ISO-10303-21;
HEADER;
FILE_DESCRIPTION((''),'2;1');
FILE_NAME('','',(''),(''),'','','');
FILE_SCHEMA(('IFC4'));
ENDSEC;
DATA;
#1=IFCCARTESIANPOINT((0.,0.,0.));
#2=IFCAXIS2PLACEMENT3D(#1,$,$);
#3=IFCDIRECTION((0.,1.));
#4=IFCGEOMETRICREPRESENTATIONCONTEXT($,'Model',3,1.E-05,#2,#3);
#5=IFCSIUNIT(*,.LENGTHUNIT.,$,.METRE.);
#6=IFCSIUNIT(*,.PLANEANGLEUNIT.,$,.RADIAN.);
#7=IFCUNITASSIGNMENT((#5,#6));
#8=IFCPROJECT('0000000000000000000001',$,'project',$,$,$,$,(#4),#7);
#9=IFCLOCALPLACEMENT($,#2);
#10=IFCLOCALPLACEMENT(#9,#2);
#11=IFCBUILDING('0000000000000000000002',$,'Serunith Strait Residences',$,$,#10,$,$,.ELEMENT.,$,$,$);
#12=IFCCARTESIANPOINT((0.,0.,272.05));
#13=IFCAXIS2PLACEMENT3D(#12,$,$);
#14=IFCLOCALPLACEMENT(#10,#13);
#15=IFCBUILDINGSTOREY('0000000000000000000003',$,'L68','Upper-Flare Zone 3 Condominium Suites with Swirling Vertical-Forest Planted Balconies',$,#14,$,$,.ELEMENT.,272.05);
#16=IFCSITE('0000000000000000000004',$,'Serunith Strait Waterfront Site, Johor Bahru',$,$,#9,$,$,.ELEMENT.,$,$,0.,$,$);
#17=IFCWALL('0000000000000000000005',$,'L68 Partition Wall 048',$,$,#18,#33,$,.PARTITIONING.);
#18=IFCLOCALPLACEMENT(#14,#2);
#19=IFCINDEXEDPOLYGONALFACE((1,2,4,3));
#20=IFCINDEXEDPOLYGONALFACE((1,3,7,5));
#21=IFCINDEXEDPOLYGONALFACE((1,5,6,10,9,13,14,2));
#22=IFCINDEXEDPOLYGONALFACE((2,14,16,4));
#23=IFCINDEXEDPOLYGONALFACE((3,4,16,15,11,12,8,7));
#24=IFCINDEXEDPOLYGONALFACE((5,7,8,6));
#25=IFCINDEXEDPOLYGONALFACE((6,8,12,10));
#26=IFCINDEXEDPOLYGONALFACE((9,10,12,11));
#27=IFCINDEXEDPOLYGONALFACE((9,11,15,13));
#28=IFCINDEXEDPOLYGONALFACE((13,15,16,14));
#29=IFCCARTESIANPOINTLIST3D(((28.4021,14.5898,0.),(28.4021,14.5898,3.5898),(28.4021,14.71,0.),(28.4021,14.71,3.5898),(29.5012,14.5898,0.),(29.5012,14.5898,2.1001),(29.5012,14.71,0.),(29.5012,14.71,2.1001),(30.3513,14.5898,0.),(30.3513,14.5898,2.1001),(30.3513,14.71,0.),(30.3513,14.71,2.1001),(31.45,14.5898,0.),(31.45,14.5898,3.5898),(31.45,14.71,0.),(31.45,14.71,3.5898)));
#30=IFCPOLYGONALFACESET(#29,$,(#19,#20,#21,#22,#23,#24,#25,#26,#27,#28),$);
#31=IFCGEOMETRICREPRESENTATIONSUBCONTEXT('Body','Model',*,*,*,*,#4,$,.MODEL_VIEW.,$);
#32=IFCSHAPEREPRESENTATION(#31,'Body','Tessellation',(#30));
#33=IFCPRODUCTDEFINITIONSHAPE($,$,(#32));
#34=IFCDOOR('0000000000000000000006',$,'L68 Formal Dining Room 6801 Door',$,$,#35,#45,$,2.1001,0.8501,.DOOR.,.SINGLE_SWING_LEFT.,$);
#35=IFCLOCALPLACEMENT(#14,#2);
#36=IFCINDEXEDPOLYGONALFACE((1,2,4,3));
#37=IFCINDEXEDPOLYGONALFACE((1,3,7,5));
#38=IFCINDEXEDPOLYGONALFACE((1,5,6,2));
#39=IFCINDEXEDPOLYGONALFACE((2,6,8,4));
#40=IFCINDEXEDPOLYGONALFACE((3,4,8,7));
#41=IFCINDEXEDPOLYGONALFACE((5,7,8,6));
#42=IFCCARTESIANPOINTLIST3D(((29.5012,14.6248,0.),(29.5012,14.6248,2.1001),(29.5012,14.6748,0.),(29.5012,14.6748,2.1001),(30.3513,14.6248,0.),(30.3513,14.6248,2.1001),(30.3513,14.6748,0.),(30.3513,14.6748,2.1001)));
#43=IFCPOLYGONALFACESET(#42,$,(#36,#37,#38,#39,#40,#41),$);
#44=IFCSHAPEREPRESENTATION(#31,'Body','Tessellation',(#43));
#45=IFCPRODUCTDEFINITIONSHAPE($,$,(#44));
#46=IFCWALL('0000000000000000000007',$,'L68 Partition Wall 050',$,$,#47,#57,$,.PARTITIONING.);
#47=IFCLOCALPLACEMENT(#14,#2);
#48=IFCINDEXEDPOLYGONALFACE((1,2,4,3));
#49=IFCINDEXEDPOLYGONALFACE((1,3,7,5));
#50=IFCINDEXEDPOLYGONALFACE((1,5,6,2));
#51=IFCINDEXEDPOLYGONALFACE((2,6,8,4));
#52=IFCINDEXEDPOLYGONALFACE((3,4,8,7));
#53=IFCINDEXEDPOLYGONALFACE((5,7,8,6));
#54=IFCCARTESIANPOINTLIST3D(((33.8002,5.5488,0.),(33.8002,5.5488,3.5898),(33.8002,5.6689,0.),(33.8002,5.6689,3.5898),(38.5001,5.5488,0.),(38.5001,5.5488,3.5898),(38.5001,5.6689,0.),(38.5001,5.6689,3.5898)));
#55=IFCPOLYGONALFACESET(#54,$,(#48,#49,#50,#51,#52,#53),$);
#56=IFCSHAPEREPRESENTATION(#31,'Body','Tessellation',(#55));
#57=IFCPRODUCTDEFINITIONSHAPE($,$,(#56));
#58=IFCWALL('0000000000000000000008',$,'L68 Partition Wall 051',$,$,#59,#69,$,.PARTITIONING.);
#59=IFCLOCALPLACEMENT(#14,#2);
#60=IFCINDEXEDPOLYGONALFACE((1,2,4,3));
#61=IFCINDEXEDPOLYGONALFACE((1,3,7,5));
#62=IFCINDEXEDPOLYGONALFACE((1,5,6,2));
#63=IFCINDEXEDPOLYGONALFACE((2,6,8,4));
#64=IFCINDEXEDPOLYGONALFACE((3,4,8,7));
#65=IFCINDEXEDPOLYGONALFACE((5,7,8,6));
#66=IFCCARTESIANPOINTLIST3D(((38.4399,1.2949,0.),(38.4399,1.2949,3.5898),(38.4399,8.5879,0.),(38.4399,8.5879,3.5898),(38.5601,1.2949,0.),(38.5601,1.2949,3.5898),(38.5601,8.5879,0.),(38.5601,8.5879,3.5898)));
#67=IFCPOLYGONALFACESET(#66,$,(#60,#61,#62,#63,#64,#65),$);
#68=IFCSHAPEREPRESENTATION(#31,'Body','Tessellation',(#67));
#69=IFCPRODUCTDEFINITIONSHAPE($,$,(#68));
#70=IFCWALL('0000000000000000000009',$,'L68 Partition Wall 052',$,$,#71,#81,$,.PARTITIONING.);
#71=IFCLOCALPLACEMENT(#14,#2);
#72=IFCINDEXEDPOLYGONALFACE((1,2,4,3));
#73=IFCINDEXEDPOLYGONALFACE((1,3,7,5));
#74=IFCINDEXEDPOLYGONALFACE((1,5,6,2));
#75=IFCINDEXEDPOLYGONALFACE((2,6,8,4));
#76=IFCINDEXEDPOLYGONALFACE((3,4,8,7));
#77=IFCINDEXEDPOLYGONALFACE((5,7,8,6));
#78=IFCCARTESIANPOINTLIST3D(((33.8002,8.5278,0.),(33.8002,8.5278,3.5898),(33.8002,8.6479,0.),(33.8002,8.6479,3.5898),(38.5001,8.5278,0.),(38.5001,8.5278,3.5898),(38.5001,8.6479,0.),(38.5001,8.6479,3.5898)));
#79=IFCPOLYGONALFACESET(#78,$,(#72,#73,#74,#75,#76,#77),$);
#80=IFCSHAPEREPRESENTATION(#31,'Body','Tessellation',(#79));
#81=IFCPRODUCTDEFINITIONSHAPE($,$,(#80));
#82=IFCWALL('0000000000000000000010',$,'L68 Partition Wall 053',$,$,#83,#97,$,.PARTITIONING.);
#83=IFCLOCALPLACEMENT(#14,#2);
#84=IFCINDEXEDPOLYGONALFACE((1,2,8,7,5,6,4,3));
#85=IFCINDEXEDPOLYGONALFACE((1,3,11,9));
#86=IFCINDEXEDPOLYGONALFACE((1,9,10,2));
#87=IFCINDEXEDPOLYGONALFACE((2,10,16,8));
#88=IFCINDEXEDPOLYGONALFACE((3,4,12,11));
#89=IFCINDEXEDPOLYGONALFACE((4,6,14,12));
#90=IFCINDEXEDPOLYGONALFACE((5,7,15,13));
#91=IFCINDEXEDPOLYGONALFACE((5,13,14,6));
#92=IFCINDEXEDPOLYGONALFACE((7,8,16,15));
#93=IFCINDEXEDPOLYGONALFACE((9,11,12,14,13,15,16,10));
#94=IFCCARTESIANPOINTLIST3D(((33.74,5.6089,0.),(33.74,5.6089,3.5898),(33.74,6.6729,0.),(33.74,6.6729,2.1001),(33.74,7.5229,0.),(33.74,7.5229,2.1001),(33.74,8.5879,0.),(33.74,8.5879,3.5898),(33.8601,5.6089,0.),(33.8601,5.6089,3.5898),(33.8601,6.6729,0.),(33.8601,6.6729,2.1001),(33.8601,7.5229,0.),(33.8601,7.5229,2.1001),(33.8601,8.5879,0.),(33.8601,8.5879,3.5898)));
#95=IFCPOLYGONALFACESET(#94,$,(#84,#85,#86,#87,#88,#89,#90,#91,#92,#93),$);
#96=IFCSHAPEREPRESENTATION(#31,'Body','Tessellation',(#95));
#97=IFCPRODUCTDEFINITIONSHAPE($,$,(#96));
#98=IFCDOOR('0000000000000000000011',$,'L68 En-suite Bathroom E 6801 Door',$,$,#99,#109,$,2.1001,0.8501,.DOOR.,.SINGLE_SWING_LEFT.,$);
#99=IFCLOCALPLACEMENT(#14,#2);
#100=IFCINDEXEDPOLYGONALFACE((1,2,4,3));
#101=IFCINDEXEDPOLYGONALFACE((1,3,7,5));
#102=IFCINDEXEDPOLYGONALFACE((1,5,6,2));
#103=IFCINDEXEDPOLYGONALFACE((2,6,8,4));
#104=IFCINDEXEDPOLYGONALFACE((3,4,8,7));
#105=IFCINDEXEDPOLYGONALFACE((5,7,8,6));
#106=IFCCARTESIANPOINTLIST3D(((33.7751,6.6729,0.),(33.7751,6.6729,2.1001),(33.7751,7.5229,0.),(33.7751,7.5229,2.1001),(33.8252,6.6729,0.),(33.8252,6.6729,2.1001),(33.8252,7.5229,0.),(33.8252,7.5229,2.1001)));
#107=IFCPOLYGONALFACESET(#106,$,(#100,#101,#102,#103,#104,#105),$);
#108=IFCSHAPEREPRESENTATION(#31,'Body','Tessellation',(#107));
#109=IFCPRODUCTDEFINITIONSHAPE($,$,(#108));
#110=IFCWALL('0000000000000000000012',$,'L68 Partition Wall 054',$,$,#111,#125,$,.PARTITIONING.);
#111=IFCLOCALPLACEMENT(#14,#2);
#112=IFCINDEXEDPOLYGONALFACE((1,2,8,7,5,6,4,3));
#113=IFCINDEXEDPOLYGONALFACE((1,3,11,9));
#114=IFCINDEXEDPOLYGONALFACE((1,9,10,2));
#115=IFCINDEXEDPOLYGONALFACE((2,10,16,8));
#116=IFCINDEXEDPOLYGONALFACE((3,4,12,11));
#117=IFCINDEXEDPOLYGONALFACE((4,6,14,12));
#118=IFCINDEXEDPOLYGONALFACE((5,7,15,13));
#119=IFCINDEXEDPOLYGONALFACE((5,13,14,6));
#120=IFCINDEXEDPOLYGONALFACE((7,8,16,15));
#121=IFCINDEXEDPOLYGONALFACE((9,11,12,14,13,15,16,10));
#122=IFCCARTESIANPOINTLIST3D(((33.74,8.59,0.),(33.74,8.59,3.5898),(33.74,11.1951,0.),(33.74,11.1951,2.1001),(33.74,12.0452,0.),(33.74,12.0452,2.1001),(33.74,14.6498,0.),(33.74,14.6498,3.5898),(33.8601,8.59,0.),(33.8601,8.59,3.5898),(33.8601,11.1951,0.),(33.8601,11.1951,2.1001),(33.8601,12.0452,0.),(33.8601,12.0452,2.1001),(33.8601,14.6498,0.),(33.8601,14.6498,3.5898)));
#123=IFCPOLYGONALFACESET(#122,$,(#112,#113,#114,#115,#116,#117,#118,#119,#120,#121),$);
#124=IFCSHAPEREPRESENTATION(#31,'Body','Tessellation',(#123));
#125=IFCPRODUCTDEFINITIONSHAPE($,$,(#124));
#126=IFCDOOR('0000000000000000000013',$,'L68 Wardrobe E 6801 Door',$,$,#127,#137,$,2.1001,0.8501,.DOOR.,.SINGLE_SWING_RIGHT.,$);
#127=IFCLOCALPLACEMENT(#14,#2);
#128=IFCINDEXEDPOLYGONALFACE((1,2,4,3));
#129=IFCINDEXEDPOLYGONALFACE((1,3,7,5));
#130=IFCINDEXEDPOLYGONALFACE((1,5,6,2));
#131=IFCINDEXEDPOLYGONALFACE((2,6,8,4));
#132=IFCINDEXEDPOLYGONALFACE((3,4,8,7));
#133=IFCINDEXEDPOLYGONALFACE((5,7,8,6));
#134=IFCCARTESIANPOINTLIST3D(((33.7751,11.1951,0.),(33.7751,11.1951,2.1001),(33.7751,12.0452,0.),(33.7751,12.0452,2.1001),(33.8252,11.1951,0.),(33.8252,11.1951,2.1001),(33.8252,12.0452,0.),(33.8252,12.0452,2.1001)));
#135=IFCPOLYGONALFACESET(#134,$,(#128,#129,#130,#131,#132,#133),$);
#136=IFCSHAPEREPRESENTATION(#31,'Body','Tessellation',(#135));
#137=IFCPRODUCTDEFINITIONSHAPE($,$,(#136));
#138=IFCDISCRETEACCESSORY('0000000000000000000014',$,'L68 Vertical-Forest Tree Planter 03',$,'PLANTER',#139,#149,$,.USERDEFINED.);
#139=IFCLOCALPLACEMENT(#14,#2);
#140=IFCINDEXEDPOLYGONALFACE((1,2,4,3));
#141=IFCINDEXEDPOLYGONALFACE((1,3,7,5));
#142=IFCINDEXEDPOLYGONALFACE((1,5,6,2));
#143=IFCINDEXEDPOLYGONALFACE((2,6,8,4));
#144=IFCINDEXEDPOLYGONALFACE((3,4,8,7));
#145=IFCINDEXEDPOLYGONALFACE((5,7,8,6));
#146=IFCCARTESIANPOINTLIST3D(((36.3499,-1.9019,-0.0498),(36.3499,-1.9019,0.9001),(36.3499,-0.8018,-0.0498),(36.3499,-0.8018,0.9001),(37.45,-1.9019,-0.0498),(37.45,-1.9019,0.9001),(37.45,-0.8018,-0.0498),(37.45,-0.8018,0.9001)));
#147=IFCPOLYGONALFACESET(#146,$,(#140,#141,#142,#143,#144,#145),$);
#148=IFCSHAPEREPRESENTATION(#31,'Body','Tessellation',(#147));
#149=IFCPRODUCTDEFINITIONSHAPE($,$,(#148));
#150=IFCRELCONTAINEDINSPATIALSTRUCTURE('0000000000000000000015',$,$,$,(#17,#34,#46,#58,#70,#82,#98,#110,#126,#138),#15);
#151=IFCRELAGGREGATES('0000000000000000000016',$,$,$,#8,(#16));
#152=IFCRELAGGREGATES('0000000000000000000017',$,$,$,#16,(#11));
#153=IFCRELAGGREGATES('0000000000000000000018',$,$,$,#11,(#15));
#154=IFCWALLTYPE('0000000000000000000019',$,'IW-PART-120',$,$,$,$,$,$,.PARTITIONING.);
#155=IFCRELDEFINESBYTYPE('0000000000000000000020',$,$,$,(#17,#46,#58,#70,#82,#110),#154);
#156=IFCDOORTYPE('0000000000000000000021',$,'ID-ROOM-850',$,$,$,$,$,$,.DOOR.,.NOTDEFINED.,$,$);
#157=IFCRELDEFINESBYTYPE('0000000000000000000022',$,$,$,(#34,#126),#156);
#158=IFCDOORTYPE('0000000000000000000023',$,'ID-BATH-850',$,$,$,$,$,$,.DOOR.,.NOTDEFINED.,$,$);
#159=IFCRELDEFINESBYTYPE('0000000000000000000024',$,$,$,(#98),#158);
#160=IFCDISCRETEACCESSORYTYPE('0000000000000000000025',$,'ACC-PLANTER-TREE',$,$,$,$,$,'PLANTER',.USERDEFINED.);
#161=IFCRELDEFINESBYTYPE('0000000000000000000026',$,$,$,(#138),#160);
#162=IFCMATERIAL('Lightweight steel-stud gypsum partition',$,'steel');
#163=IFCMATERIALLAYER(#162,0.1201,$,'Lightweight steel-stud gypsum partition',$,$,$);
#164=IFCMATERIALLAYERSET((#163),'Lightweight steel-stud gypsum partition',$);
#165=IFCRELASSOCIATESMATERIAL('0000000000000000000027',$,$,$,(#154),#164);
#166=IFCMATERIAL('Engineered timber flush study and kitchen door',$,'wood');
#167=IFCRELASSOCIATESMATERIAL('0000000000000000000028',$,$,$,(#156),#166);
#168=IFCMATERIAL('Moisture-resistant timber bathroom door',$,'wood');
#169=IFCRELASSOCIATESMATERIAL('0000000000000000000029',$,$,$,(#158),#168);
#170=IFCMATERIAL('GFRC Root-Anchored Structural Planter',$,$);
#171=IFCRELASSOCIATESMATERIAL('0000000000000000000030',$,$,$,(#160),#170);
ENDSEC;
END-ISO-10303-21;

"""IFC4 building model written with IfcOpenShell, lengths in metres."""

from ifc_helpers import new_model, si_unit, direction, frame, frame_2d, origin, origin_2d, place, context, subcontext, project, spatial, rectangle, extrude, source, transform, mapped, material, layer, layer_set, type_object, element, fill, save


model = new_model("IFC4")

# Units and contexts
model_context = context("Model", 3, precision=1e-05, world=origin(), true_north=direction((0.0, 1.0)))
body_context = subcontext(model_context, "Body", "Model", "MODEL_VIEW")
ifc_project = project(units=[si_unit("LENGTHUNIT", "METRE"), si_unit("PLANEANGLEUNIT", "RADIAN")], contexts=[model_context])

# Site, building, storey
site_placement = place(None, origin())
site = spatial("IfcSite", under=ifc_project, at=site_placement, Name="Serunith Strait Waterfront Site, Johor Bahru", CompositionType="ELEMENT", RefElevation=0.0)
building_placement = place(site_placement, origin())
building = spatial("IfcBuilding", under=site, at=building_placement, Name="Serunith Strait Residences", CompositionType="ELEMENT")
storey_placement = place(building_placement, frame((0.0, 0.0, 272.05)))
storey = spatial("IfcBuildingStorey", under=building, at=storey_placement, Name="L68", Description="Upper-Flare Zone 3 Condominium Suites with Swirling Vertical-Forest Planted Balconies", CompositionType="ELEMENT", Elevation=272.05)

# Shared definitions
ifc_material_1 = material(Name="Lightweight steel-stud gypsum partition", Category="steel")
ifc_layer_1 = layer(ifc_material_1, 0.1201, Name="Lightweight steel-stud gypsum partition")
ifc_layer_set_1 = layer_set([ifc_layer_1], Name="Lightweight steel-stud gypsum partition")
wall_type_1 = type_object("IfcWallType", Name="IW-PART-120", PredefinedType="PARTITIONING", material=ifc_layer_set_1)

# Wall, opening, door
wall_1_placement = place(storey_placement, frame((28.4021, 14.6499, 0.0), z_axis=(0.0, 0.0, 1.0), x_axis=(1.0, 0.0, 0.0)))
wall_1 = element("IfcWall", 1, at=wall_1_placement, inside=storey, type_object=wall_type_1, Name="L68 Partition Wall 048", PredefinedType="PARTITIONING", context=body_context, shape_type="SweptSolid", body=[
    extrude(rectangle(XDim=3.0479, YDim=0.1201, at=frame_2d((1.5239, 0.0))), origin(), (0.0, 0.0, 1.0), 3.5898),
])
opening_1_placement = place(wall_1_placement, frame((1.0991, 0.0, 0.0)))
opening_1 = element("IfcOpeningElement", 2, at=opening_1_placement, cuts=wall_1, PredefinedType="OPENING", context=body_context, shape_type="SweptSolid", body=[
    extrude(rectangle(XDim=0.8501, YDim=2.1001, at=frame_2d((0.425, 1.05))), frame((0.0, 0.0701, 0.0), z_axis=(0.0, -1.0, 0.0), x_axis=(1.0, 0.0, 0.0)), (0.0, 0.0, 1.0), 0.1401),
])
ifc_material_2 = material(Name="Engineered timber flush study and kitchen door", Category="wood")
door_type_1 = type_object("IfcDoorType", Name="ID-ROOM-850", OperationType="NOTDEFINED", PredefinedType="DOOR", material=ifc_material_2)
shared_shape_1 = source(origin(), body_context, "Body", "SweptSolid", [
    extrude(rectangle(XDim=0.8501, YDim=2.1001, at=frame_2d((0.425, 1.05))), frame((0.0, 0.0249, 0.0), z_axis=(0.0, -1.0, 0.0), x_axis=(1.0, 0.0, 0.0)), (0.0, 0.0, 1.0), 0.05),
])
door_1_placement = place(opening_1_placement, origin())
door_1 = element("IfcDoor", 3, at=door_1_placement, inside=storey, type_object=door_type_1, Name="L68 Formal Dining Room 6801 Door", OperationType="SINGLE_SWING_LEFT", OverallHeight=2.1001, OverallWidth=0.8501, PredefinedType="DOOR", context=body_context, shape_type="MappedRepresentation", body=[
    mapped(shared_shape_1, transform((0.0, 0.0, 0.0), scale=1.0)),
])
fill(opening_1, door_1)

# Walls
wall_2_placement = place(storey_placement, frame((33.8, 5.6089, 0.0), z_axis=(0.0, 0.0, 1.0), x_axis=(1.0, 0.0, 0.0)))
element("IfcWall", 4, at=wall_2_placement, inside=storey, type_object=wall_type_1, Name="L68 Partition Wall 050", PredefinedType="PARTITIONING", context=body_context, shape_type="SweptSolid", body=[
    extrude(rectangle(XDim=4.7, YDim=0.1201, at=frame_2d((2.3501, 0.0))), origin(), (0.0, 0.0, 1.0), 3.5898),
])
wall_3_placement = place(storey_placement, frame((38.5, 1.2949, 0.0), z_axis=(0.0, 0.0, 1.0), x_axis=(0.0, 1.0, 0.0)))
element("IfcWall", 5, at=wall_3_placement, inside=storey, type_object=wall_type_1, Name="L68 Partition Wall 051", PredefinedType="PARTITIONING", context=body_context, shape_type="SweptSolid", body=[
    extrude(rectangle(XDim=7.293, YDim=0.1201, at=frame_2d((3.6465, 0.0))), origin(), (0.0, 0.0, 1.0), 3.5898),
])
wall_4_placement = place(storey_placement, frame((33.8, 8.5879, 0.0), z_axis=(0.0, 0.0, 1.0), x_axis=(1.0, 0.0, 0.0)))
element("IfcWall", 6, at=wall_4_placement, inside=storey, type_object=wall_type_1, Name="L68 Partition Wall 052", PredefinedType="PARTITIONING", context=body_context, shape_type="SweptSolid", body=[
    extrude(rectangle(XDim=4.7, YDim=0.1201, at=frame_2d((2.3501, 0.0))), origin(), (0.0, 0.0, 1.0), 3.5898),
])

# Walls, openings, doors
wall_5_placement = place(storey_placement, frame((33.8, 5.6089, 0.0), z_axis=(0.0, 0.0, 1.0), x_axis=(0.0, 1.0, 0.0)))
wall_5 = element("IfcWall", 7, at=wall_5_placement, inside=storey, type_object=wall_type_1, Name="L68 Partition Wall 053", PredefinedType="PARTITIONING", context=body_context, shape_type="SweptSolid", body=[
    extrude(rectangle(XDim=2.979, YDim=0.1201, at=frame_2d((1.4895, 0.0))), origin(), (0.0, 0.0, 1.0), 3.5898),
])
opening_2_placement = place(wall_5_placement, frame((1.064, 0.0, 0.0)))
opening_2 = element("IfcOpeningElement", 8, at=opening_2_placement, cuts=wall_5, PredefinedType="OPENING", context=body_context, shape_type="SweptSolid", body=[
    extrude(rectangle(XDim=0.8501, YDim=2.1001, at=frame_2d((0.425, 1.05))), frame((0.0, 0.0701, 0.0), z_axis=(0.0, -1.0, 0.0), x_axis=(1.0, 0.0, 0.0)), (0.0, 0.0, 1.0), 0.1401),
])
ifc_material_3 = material(Name="Moisture-resistant timber bathroom door", Category="wood")
door_type_2 = type_object("IfcDoorType", Name="ID-BATH-850", OperationType="NOTDEFINED", PredefinedType="DOOR", material=ifc_material_3)
door_2_placement = place(opening_2_placement, origin())
door_2 = element("IfcDoor", 9, at=door_2_placement, inside=storey, type_object=door_type_2, Name="L68 En-suite Bathroom E 6801 Door", OperationType="SINGLE_SWING_LEFT", OverallHeight=2.1001, OverallWidth=0.8501, PredefinedType="DOOR", context=body_context, shape_type="MappedRepresentation", body=[
    mapped(shared_shape_1, transform((0.0, 0.0, 0.0), scale=1.0)),
])
fill(opening_2, door_2)
wall_6_placement = place(storey_placement, frame((33.8, 8.5901, 0.0), z_axis=(0.0, 0.0, 1.0), x_axis=(0.0, 1.0, 0.0)))
wall_6 = element("IfcWall", 10, at=wall_6_placement, inside=storey, type_object=wall_type_1, Name="L68 Partition Wall 054", PredefinedType="PARTITIONING", context=body_context, shape_type="SweptSolid", body=[
    extrude(rectangle(XDim=6.0598, YDim=0.1201, at=frame_2d((3.0298, 0.0))), origin(), (0.0, 0.0, 1.0), 3.5898),
])
opening_3_placement = place(wall_6_placement, frame((2.605, 0.0, 0.0)))
opening_3 = element("IfcOpeningElement", 11, at=opening_3_placement, cuts=wall_6, PredefinedType="OPENING", context=body_context, shape_type="SweptSolid", body=[
    extrude(rectangle(XDim=0.8501, YDim=2.1001, at=frame_2d((0.425, 1.05))), frame((0.0, 0.0701, 0.0), z_axis=(0.0, -1.0, 0.0), x_axis=(1.0, 0.0, 0.0)), (0.0, 0.0, 1.0), 0.1401),
])
door_3_placement = place(opening_3_placement, origin())
door_3 = element("IfcDoor", 12, at=door_3_placement, inside=storey, type_object=door_type_1, Name="L68 Wardrobe E 6801 Door", OperationType="SINGLE_SWING_RIGHT", OverallHeight=2.1001, OverallWidth=0.8501, PredefinedType="DOOR", context=body_context, shape_type="MappedRepresentation", body=[
    mapped(shared_shape_1, transform((0.0, 0.0, 0.0), scale=1.0)),
])
fill(opening_3, door_3)

# Discrete accessory
ifc_material_4 = material(Name="GFRC Root-Anchored Structural Planter")
discrete_accessory_type = type_object("IfcDiscreteAccessoryType", Name="ACC-PLANTER-TREE", ElementType="PLANTER", PredefinedType="USERDEFINED", material=ifc_material_4)
shared_shape_2 = source(origin(), body_context, "Body", "SweptSolid", [
    extrude(rectangle(XDim=1.1001, YDim=1.1001, at=origin_2d()), origin(), (0.0, 0.0, 1.0), 0.95),
])
discrete_accessory_placement = place(storey_placement, frame((36.8999, -1.3518, -0.0498), z_axis=(0.0, 0.0, 1.0), x_axis=(1.0, 0.0, 0.0)))
element("IfcDiscreteAccessory", 13, at=discrete_accessory_placement, inside=storey, type_object=discrete_accessory_type, Name="L68 Vertical-Forest Tree Planter 03", ObjectType="PLANTER", PredefinedType="USERDEFINED", context=body_context, shape_type="MappedRepresentation", body=[
    mapped(shared_shape_2, transform((0.0, 0.0, 0.0), scale=1.0)),
])

save(model, "model.ifc")
